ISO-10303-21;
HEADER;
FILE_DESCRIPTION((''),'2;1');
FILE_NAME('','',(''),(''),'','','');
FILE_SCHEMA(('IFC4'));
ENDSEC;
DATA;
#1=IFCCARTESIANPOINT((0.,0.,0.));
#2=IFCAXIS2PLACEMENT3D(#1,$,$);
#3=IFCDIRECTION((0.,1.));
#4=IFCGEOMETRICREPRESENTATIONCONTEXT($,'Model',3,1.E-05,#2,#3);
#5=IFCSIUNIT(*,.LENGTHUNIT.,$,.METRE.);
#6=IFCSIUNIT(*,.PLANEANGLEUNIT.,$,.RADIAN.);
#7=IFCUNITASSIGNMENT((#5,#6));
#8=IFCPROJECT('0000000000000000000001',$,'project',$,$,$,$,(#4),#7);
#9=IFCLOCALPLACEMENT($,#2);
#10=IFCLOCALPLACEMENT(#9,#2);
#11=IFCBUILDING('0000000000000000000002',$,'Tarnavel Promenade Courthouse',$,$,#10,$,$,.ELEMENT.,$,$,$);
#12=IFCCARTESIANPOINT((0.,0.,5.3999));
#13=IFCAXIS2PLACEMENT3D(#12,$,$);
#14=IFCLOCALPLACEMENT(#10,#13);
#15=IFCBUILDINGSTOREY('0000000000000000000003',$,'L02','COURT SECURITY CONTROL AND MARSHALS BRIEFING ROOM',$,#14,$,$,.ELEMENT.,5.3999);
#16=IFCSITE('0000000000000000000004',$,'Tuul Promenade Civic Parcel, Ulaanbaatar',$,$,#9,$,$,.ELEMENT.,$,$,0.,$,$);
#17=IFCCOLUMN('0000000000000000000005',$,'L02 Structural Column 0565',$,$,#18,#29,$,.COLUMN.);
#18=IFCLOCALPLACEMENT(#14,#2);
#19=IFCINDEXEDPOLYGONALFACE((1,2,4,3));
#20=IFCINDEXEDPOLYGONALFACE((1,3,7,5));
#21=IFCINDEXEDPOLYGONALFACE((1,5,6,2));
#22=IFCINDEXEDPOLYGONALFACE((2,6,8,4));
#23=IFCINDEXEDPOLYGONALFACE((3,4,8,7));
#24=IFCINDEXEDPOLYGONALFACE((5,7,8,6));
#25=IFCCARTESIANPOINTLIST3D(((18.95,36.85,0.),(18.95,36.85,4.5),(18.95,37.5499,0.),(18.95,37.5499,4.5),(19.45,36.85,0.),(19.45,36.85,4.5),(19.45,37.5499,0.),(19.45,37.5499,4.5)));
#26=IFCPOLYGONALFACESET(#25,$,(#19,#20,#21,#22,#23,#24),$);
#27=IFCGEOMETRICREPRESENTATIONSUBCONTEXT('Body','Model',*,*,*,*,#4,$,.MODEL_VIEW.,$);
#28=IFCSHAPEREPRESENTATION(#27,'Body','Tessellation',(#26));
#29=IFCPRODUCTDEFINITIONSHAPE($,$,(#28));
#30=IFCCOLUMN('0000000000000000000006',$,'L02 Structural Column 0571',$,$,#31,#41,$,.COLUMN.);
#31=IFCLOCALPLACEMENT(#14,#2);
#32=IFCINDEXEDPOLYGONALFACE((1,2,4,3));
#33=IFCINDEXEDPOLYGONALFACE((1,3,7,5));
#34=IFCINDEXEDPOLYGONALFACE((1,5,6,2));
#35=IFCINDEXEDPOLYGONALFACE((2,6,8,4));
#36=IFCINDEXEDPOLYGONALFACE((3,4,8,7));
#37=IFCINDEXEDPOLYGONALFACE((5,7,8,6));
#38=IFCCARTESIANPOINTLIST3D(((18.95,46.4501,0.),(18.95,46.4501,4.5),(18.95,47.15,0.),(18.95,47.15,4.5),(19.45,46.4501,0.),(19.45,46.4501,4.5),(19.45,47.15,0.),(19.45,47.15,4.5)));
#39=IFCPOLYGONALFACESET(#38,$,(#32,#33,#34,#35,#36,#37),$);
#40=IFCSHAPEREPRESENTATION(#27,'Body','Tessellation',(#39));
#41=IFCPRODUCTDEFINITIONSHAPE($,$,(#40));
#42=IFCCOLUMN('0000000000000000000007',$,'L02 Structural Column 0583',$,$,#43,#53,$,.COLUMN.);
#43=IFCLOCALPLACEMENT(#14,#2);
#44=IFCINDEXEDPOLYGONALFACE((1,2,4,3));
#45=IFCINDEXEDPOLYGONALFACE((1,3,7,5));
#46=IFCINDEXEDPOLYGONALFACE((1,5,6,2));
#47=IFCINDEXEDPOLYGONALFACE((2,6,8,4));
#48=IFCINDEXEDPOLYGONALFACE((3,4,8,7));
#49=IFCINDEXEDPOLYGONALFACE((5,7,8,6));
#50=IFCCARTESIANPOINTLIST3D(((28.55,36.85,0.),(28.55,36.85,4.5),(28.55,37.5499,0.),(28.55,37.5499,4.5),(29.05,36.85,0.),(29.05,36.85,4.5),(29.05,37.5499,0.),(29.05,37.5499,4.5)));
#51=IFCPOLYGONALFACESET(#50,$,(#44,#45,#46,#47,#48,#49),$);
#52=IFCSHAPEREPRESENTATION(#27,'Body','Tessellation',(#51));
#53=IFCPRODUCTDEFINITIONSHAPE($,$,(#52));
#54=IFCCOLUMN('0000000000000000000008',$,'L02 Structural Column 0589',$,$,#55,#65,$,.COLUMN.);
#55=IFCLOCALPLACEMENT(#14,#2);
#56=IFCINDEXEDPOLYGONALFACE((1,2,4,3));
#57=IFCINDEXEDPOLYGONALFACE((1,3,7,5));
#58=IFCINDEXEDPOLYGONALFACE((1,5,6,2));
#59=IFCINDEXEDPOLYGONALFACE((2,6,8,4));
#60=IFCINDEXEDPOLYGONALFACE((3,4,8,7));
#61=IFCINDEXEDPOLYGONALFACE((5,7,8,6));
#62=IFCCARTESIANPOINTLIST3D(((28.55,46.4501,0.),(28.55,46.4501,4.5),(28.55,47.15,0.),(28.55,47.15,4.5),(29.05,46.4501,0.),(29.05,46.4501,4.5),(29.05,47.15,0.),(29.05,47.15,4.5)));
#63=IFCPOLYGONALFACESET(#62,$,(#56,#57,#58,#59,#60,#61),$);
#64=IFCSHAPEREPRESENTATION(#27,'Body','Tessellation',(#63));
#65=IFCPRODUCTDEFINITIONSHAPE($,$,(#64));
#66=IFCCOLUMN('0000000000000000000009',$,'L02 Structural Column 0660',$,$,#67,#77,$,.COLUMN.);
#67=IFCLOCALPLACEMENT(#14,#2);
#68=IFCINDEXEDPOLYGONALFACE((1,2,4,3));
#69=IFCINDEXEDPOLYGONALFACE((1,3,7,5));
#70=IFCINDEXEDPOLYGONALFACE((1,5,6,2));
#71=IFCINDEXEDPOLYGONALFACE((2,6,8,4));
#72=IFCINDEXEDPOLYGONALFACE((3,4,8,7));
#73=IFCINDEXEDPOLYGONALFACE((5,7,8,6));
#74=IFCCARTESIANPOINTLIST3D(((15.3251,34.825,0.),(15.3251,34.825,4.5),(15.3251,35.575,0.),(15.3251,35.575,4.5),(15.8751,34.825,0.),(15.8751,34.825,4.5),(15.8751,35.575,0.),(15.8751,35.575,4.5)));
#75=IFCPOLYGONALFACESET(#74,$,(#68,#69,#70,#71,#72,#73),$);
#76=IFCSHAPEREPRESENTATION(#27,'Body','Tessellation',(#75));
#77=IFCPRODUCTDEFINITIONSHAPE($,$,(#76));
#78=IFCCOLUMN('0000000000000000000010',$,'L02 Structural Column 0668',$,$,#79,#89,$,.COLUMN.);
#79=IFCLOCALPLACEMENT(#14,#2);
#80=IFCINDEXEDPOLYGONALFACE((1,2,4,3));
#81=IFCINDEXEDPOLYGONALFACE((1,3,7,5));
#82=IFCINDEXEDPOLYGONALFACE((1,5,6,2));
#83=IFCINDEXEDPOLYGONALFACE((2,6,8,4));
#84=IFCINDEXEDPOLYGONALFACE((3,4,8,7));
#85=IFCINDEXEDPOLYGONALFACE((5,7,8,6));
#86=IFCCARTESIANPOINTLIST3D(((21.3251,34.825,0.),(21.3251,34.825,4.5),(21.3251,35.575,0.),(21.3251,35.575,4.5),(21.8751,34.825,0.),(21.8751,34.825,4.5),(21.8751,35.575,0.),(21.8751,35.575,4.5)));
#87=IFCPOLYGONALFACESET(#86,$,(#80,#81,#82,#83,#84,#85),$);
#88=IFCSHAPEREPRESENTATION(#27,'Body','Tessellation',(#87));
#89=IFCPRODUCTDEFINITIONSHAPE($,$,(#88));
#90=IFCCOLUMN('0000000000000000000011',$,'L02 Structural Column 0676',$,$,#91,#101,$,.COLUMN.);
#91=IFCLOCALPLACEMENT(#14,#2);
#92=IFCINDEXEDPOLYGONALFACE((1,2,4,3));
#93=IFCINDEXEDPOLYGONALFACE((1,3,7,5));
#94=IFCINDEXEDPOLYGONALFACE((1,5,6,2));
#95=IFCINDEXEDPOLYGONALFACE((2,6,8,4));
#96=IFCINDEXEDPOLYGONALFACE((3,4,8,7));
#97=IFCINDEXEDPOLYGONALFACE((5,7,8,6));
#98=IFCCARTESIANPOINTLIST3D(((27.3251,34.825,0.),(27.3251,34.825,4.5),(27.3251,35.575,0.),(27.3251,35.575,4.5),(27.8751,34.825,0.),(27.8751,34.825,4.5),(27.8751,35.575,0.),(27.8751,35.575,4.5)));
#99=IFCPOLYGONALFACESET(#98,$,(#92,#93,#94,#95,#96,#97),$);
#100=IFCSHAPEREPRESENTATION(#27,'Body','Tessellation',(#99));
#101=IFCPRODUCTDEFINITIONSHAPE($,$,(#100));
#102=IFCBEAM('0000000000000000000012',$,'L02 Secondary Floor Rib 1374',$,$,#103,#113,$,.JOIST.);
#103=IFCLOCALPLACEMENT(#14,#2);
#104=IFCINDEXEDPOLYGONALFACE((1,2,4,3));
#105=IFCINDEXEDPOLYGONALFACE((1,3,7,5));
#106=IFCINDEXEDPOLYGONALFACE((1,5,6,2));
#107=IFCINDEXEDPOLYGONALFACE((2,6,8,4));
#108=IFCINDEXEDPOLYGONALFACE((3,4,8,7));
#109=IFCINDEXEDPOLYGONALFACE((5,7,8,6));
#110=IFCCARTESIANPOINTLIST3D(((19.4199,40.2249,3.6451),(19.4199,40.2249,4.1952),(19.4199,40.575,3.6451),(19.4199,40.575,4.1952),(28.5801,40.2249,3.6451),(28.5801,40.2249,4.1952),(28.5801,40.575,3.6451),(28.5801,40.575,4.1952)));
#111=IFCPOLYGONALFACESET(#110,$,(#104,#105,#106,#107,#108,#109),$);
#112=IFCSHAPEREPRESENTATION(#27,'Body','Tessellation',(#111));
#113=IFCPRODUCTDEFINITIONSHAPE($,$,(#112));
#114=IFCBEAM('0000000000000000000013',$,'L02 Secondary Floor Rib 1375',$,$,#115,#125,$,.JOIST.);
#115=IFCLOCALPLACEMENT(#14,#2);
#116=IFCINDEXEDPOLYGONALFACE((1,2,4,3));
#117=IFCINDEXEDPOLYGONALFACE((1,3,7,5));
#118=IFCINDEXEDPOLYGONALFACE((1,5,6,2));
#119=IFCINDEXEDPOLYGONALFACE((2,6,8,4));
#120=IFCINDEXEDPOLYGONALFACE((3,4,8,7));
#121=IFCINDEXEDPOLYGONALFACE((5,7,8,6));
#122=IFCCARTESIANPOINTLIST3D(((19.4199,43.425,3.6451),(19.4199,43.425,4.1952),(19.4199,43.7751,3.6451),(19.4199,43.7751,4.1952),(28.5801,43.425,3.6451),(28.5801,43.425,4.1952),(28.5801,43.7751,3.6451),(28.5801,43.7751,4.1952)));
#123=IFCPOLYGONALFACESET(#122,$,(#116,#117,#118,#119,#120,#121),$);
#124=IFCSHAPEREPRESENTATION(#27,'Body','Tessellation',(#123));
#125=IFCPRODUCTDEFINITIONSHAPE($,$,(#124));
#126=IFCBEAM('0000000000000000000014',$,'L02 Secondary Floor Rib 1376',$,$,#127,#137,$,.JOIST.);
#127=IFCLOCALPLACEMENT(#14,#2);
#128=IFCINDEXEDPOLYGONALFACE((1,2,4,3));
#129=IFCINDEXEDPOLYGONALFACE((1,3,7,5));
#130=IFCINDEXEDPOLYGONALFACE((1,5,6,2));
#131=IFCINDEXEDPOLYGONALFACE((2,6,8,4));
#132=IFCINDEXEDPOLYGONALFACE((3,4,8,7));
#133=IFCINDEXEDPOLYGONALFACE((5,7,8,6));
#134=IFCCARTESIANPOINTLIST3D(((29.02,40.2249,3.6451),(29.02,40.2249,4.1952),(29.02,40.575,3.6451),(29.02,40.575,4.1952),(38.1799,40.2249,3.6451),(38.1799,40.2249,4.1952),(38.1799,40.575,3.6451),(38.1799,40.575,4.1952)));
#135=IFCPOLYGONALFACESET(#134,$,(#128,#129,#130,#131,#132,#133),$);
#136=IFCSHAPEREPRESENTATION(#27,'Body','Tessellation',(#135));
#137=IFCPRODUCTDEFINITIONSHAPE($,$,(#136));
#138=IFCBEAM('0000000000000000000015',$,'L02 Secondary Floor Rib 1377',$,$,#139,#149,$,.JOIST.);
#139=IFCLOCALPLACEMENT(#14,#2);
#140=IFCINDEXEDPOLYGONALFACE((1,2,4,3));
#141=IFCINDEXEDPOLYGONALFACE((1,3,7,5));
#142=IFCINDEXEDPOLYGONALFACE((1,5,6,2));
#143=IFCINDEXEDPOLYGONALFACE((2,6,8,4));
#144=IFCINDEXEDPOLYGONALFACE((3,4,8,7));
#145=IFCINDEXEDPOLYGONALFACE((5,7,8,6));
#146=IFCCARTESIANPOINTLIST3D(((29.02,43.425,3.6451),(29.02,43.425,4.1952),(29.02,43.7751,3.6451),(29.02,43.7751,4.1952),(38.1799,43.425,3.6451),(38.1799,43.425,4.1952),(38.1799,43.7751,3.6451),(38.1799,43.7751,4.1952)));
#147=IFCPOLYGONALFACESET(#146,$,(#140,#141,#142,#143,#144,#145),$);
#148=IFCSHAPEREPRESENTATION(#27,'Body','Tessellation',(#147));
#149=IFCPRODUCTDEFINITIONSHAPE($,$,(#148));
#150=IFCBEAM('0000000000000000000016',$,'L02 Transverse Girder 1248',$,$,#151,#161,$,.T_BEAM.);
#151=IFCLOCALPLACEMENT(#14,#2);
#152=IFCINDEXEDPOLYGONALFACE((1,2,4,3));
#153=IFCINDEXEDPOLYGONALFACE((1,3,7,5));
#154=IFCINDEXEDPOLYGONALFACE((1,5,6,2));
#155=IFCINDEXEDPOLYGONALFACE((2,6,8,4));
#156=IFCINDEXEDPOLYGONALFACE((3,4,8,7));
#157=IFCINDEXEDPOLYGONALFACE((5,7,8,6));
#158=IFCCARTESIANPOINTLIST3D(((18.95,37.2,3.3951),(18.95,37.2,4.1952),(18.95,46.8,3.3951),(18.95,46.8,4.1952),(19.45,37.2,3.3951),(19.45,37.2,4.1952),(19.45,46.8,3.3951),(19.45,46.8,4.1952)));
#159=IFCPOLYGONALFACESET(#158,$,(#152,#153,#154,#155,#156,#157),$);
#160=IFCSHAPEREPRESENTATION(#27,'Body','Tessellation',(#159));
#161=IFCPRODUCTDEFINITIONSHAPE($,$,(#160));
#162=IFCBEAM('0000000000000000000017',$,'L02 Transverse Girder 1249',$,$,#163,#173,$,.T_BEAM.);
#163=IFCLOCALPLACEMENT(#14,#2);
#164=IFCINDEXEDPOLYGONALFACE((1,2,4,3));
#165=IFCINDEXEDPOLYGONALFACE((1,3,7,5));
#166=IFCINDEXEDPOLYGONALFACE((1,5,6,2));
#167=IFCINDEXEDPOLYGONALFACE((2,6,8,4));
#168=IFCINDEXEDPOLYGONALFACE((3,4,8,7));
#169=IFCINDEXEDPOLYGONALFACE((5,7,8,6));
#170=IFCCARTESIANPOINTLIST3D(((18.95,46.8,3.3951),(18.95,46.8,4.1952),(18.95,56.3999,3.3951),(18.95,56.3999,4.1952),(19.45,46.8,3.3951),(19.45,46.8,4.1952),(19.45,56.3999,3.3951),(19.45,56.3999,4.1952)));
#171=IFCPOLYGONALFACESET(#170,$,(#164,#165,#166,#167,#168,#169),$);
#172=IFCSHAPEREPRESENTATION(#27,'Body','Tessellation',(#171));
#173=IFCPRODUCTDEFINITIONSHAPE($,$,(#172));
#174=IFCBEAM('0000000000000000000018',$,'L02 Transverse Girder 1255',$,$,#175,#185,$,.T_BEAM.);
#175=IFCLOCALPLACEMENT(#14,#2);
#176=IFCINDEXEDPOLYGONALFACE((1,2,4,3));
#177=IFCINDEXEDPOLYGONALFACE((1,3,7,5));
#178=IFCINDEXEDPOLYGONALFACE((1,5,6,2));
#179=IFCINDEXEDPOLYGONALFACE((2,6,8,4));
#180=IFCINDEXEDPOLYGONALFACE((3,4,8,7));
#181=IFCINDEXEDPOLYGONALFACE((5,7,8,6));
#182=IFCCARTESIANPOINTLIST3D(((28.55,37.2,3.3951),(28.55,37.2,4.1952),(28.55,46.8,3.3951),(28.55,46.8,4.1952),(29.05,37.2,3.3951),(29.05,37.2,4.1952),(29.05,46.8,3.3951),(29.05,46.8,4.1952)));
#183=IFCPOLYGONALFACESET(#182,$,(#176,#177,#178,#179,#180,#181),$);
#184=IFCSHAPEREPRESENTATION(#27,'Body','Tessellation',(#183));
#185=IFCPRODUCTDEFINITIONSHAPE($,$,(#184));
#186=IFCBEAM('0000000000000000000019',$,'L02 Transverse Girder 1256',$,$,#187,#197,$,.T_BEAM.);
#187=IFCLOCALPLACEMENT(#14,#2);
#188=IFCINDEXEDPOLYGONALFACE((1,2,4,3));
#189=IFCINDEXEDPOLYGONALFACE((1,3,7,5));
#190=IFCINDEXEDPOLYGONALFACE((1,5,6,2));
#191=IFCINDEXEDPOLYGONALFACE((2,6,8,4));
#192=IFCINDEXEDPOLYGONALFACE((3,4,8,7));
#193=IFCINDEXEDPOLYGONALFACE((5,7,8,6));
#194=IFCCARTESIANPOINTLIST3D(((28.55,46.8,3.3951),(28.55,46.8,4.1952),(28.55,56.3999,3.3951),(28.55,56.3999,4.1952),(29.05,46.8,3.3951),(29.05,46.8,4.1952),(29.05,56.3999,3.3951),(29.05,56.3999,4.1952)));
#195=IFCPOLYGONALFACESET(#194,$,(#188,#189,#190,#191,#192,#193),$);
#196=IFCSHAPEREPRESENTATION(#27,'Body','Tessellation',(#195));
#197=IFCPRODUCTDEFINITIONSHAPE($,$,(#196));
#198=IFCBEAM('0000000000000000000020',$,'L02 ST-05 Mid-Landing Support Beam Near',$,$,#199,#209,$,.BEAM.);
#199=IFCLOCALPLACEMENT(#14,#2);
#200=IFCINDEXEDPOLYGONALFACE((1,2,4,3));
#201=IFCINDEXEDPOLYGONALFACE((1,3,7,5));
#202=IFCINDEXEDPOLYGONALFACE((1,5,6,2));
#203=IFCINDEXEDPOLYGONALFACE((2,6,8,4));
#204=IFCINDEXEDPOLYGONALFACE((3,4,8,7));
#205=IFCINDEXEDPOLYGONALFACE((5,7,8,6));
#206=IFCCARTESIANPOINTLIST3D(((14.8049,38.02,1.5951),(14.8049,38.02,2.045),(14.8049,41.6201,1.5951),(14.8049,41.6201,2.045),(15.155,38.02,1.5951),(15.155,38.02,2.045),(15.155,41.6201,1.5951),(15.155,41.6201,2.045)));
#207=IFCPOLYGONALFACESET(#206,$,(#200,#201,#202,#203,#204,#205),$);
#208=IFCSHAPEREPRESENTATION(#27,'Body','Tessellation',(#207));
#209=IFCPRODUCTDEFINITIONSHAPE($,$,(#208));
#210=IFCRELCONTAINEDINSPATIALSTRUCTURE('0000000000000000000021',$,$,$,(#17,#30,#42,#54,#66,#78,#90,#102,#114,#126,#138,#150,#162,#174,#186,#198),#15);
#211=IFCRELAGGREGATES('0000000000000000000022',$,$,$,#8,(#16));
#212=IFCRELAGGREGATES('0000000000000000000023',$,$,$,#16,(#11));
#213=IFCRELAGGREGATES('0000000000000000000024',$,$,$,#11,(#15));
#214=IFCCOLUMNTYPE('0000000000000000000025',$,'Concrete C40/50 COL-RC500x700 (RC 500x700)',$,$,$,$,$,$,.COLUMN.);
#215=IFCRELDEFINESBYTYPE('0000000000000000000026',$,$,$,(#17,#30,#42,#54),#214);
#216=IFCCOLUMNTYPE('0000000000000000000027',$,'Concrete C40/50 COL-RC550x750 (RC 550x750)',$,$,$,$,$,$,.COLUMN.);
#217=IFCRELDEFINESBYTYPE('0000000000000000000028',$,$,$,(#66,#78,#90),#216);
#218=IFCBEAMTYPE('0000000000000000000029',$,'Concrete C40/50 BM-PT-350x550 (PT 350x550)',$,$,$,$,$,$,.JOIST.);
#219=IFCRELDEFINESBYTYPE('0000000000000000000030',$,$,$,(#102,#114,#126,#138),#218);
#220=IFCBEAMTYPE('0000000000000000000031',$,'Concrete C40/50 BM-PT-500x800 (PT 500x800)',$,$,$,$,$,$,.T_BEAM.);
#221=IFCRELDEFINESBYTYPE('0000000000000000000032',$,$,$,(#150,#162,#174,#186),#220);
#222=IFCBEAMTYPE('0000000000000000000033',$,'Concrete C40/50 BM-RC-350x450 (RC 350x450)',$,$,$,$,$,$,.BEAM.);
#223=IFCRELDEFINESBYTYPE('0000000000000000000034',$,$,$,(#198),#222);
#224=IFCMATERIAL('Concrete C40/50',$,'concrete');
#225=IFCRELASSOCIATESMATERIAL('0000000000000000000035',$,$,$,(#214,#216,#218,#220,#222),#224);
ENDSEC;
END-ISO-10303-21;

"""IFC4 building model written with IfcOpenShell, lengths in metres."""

from ifc_helpers import new_model, si_unit, direction, frame, origin, origin_2d, place, context, subcontext, project, spatial, rectangle, extrude, material, material_profile, profile_set, type_object, element, save


model = new_model("IFC4")

# Units and contexts
model_context = context("Model", 3, precision=1e-05, world=origin(), true_north=direction((0.0, 1.0)))
body_context = subcontext(model_context, "Body", "Model", "MODEL_VIEW")
ifc_project = project(units=[si_unit("LENGTHUNIT", "METRE"), si_unit("PLANEANGLEUNIT", "RADIAN")], contexts=[model_context])

# Site, building, storey
site_placement = place(None, origin())
site = spatial("IfcSite", under=ifc_project, at=site_placement, Name="Tuul Promenade Civic Parcel, Ulaanbaatar", CompositionType="ELEMENT", RefElevation=0.0)
building_placement = place(site_placement, origin())
building = spatial("IfcBuilding", under=site, at=building_placement, Name="Tarnavel Promenade Courthouse", CompositionType="ELEMENT")
storey_placement = place(building_placement, frame((0.0, 0.0, 5.3999)))
storey = spatial("IfcBuildingStorey", under=building, at=storey_placement, Name="L02", Description="COURT SECURITY CONTROL AND MARSHALS BRIEFING ROOM", CompositionType="ELEMENT", Elevation=5.3999)

# Columns
ifc_material_1 = material(Name="Concrete C40/50", Category="concrete")
ifc_material_profile_1 = material_profile(ifc_material_1, rectangle(XDim=0.5, YDim=0.7, at=origin_2d()), Name="RC 500x700")
ifc_profile_set_1 = profile_set([ifc_material_profile_1], Name="Concrete C40/50")
column_type_1 = type_object("IfcColumnType", Name="Concrete C40/50 COL-RC500x700 (RC 500x700)", PredefinedType="COLUMN", material=ifc_profile_set_1)
for number, where, z_axis, x_axis, name in (
    (1, (19.2, 37.2, 0.0), (0.0, 0.0, 1.0), (1.0, 0.0, 0.0), "L02 Structural Column 0565"),
    (2, (19.2, 46.8, 0.0), (0.0, 0.0, 1.0), (1.0, 0.0, 0.0), "L02 Structural Column 0571"),
    (3, (28.8, 37.2, 0.0), (0.0, 0.0, 1.0), (1.0, 0.0, 0.0), "L02 Structural Column 0583"),
    (4, (28.8, 46.8, 0.0), (0.0, 0.0, 1.0), (1.0, 0.0, 0.0), "L02 Structural Column 0589"),
):
    element("IfcColumn", number, at=place(storey_placement, frame(where, z_axis=z_axis, x_axis=x_axis)), inside=storey, type_object=column_type_1, Name=name, PredefinedType="COLUMN", context=body_context, shape_type="SweptSolid", body=[
        extrude(rectangle(XDim=0.5, YDim=0.7, at=origin_2d()), origin(), (0.0, 0.0, 1.0), 4.5),
    ])
ifc_material_profile_2 = material_profile(ifc_material_1, rectangle(XDim=0.55, YDim=0.75, at=origin_2d()), Name="RC 550x750")
ifc_profile_set_2 = profile_set([ifc_material_profile_2], Name="Concrete C40/50")
column_type_2 = type_object("IfcColumnType", Name="Concrete C40/50 COL-RC550x750 (RC 550x750)", PredefinedType="COLUMN", material=ifc_profile_set_2)
for number, where, z_axis, x_axis, name in (
    (5, (15.6001, 35.2, 0.0), (0.0, 0.0, 1.0), (1.0, 0.0, 0.0), "L02 Structural Column 0660"),
    (6, (21.6001, 35.2, 0.0), (0.0, 0.0, 1.0), (1.0, 0.0, 0.0), "L02 Structural Column 0668"),
    (7, (27.6001, 35.2, 0.0), (0.0, 0.0, 1.0), (1.0, 0.0, 0.0), "L02 Structural Column 0676"),
):
    element("IfcColumn", number, at=place(storey_placement, frame(where, z_axis=z_axis, x_axis=x_axis)), inside=storey, type_object=column_type_2, Name=name, PredefinedType="COLUMN", context=body_context, shape_type="SweptSolid", body=[
        extrude(rectangle(XDim=0.55, YDim=0.75, at=origin_2d()), origin(), (0.0, 0.0, 1.0), 4.5),
    ])

# Beams
ifc_material_profile_3 = material_profile(ifc_material_1, rectangle(XDim=0.3501, YDim=0.55, at=origin_2d()), Name="PT 350x550")
ifc_profile_set_3 = profile_set([ifc_material_profile_3], Name="Concrete C40/50")
beam_type_1 = type_object("IfcBeamType", Name="Concrete C40/50 BM-PT-350x550 (PT 350x550)", PredefinedType="JOIST", material=ifc_profile_set_3)
for number, where, z_axis, x_axis, name in (
    (8, (19.4199, 40.3999, 3.9202), (1.0, 0.0, 0.0), (0.0, 1.0, 0.0), "L02 Secondary Floor Rib 1374"),
    (9, (19.4199, 43.6001, 3.9202), (1.0, 0.0, 0.0), (0.0, 1.0, 0.0), "L02 Secondary Floor Rib 1375"),
):
    element("IfcBeam", number, at=place(storey_placement, frame(where, z_axis=z_axis, x_axis=x_axis)), inside=storey, type_object=beam_type_1, Name=name, PredefinedType="JOIST", context=body_context, shape_type="SweptSolid", body=[
        extrude(rectangle(XDim=0.3501, YDim=0.55, at=origin_2d()), origin(), (0.0, 0.0, 1.0), 9.1602),
    ])
for number, where, z_axis, x_axis, name in (
    (10, (29.02, 40.3999, 3.9202), (1.0, 0.0, 0.0), (0.0, 1.0, 0.0), "L02 Secondary Floor Rib 1376"),
    (11, (29.02, 43.6001, 3.9202), (1.0, 0.0, 0.0), (0.0, 1.0, 0.0), "L02 Secondary Floor Rib 1377"),
):
    element("IfcBeam", number, at=place(storey_placement, frame(where, z_axis=z_axis, x_axis=x_axis)), inside=storey, type_object=beam_type_1, Name=name, PredefinedType="JOIST", context=body_context, shape_type="SweptSolid", body=[
        extrude(rectangle(XDim=0.3501, YDim=0.55, at=origin_2d()), origin(), (0.0, 0.0, 1.0), 9.1599),
    ])
ifc_material_profile_4 = material_profile(ifc_material_1, rectangle(XDim=0.5, YDim=0.8, at=origin_2d()), Name="PT 500x800")
ifc_profile_set_4 = profile_set([ifc_material_profile_4], Name="Concrete C40/50")
beam_type_2 = type_object("IfcBeamType", Name="Concrete C40/50 BM-PT-500x800 (PT 500x800)", PredefinedType="T_BEAM", material=ifc_profile_set_4)
beam_1_placement = place(storey_placement, frame((19.2, 37.2, 3.7952), z_axis=(0.0, 1.0, 0.0), x_axis=(-1.0, 0.0, 0.0)))
element("IfcBeam", 12, at=beam_1_placement, inside=storey, type_object=beam_type_2, Name="L02 Transverse Girder 1248", PredefinedType="T_BEAM", context=body_context, shape_type="SweptSolid", body=[
    extrude(rectangle(XDim=0.5, YDim=0.8, at=origin_2d()), origin(), (0.0, 0.0, 1.0), 9.6001),
])
beam_2_placement = place(storey_placement, frame((19.2, 46.8, 3.7952), z_axis=(0.0, 1.0, 0.0), x_axis=(-1.0, 0.0, 0.0)))
element("IfcBeam", 13, at=beam_2_placement, inside=storey, type_object=beam_type_2, Name="L02 Transverse Girder 1249", PredefinedType="T_BEAM", context=body_context, shape_type="SweptSolid", body=[
    extrude(rectangle(XDim=0.5, YDim=0.8, at=origin_2d()), origin(), (0.0, 0.0, 1.0), 9.5999),
])
beam_3_placement = place(storey_placement, frame((28.8, 37.2, 3.7952), z_axis=(0.0, 1.0, 0.0), x_axis=(-1.0, 0.0, 0.0)))
element("IfcBeam", 14, at=beam_3_placement, inside=storey, type_object=beam_type_2, Name="L02 Transverse Girder 1255", PredefinedType="T_BEAM", context=body_context, shape_type="SweptSolid", body=[
    extrude(rectangle(XDim=0.5, YDim=0.8, at=origin_2d()), origin(), (0.0, 0.0, 1.0), 9.6001),
])
beam_4_placement = place(storey_placement, frame((28.8, 46.8, 3.7952), z_axis=(0.0, 1.0, 0.0), x_axis=(-1.0, 0.0, 0.0)))
element("IfcBeam", 15, at=beam_4_placement, inside=storey, type_object=beam_type_2, Name="L02 Transverse Girder 1256", PredefinedType="T_BEAM", context=body_context, shape_type="SweptSolid", body=[
    extrude(rectangle(XDim=0.5, YDim=0.8, at=origin_2d()), origin(), (0.0, 0.0, 1.0), 9.5999),
])
ifc_material_profile_5 = material_profile(ifc_material_1, rectangle(XDim=0.3501, YDim=0.45, at=origin_2d()), Name="RC 350x450")
ifc_profile_set_5 = profile_set([ifc_material_profile_5], Name="Concrete C40/50")
beam_type_3 = type_object("IfcBeamType", Name="Concrete C40/50 BM-RC-350x450 (RC 350x450)", PredefinedType="BEAM", material=ifc_profile_set_5)
for number, where, z_axis, x_axis, name in (
    (16, (14.98, 38.02, 1.8201), (0.0, 1.0, 0.0), (-1.0, 0.0, 0.0), "L02 ST-05 Mid-Landing Support Beam Near"),
):
    element("IfcBeam", number, at=place(storey_placement, frame(where, z_axis=z_axis, x_axis=x_axis)), inside=storey, type_object=beam_type_3, Name=name, PredefinedType="BEAM", context=body_context, shape_type="SweptSolid", body=[
        extrude(rectangle(XDim=0.3501, YDim=0.45, at=origin_2d()), origin(), (0.0, 0.0, 1.0), 3.6001),
    ])

save(model, "model.ifc")
